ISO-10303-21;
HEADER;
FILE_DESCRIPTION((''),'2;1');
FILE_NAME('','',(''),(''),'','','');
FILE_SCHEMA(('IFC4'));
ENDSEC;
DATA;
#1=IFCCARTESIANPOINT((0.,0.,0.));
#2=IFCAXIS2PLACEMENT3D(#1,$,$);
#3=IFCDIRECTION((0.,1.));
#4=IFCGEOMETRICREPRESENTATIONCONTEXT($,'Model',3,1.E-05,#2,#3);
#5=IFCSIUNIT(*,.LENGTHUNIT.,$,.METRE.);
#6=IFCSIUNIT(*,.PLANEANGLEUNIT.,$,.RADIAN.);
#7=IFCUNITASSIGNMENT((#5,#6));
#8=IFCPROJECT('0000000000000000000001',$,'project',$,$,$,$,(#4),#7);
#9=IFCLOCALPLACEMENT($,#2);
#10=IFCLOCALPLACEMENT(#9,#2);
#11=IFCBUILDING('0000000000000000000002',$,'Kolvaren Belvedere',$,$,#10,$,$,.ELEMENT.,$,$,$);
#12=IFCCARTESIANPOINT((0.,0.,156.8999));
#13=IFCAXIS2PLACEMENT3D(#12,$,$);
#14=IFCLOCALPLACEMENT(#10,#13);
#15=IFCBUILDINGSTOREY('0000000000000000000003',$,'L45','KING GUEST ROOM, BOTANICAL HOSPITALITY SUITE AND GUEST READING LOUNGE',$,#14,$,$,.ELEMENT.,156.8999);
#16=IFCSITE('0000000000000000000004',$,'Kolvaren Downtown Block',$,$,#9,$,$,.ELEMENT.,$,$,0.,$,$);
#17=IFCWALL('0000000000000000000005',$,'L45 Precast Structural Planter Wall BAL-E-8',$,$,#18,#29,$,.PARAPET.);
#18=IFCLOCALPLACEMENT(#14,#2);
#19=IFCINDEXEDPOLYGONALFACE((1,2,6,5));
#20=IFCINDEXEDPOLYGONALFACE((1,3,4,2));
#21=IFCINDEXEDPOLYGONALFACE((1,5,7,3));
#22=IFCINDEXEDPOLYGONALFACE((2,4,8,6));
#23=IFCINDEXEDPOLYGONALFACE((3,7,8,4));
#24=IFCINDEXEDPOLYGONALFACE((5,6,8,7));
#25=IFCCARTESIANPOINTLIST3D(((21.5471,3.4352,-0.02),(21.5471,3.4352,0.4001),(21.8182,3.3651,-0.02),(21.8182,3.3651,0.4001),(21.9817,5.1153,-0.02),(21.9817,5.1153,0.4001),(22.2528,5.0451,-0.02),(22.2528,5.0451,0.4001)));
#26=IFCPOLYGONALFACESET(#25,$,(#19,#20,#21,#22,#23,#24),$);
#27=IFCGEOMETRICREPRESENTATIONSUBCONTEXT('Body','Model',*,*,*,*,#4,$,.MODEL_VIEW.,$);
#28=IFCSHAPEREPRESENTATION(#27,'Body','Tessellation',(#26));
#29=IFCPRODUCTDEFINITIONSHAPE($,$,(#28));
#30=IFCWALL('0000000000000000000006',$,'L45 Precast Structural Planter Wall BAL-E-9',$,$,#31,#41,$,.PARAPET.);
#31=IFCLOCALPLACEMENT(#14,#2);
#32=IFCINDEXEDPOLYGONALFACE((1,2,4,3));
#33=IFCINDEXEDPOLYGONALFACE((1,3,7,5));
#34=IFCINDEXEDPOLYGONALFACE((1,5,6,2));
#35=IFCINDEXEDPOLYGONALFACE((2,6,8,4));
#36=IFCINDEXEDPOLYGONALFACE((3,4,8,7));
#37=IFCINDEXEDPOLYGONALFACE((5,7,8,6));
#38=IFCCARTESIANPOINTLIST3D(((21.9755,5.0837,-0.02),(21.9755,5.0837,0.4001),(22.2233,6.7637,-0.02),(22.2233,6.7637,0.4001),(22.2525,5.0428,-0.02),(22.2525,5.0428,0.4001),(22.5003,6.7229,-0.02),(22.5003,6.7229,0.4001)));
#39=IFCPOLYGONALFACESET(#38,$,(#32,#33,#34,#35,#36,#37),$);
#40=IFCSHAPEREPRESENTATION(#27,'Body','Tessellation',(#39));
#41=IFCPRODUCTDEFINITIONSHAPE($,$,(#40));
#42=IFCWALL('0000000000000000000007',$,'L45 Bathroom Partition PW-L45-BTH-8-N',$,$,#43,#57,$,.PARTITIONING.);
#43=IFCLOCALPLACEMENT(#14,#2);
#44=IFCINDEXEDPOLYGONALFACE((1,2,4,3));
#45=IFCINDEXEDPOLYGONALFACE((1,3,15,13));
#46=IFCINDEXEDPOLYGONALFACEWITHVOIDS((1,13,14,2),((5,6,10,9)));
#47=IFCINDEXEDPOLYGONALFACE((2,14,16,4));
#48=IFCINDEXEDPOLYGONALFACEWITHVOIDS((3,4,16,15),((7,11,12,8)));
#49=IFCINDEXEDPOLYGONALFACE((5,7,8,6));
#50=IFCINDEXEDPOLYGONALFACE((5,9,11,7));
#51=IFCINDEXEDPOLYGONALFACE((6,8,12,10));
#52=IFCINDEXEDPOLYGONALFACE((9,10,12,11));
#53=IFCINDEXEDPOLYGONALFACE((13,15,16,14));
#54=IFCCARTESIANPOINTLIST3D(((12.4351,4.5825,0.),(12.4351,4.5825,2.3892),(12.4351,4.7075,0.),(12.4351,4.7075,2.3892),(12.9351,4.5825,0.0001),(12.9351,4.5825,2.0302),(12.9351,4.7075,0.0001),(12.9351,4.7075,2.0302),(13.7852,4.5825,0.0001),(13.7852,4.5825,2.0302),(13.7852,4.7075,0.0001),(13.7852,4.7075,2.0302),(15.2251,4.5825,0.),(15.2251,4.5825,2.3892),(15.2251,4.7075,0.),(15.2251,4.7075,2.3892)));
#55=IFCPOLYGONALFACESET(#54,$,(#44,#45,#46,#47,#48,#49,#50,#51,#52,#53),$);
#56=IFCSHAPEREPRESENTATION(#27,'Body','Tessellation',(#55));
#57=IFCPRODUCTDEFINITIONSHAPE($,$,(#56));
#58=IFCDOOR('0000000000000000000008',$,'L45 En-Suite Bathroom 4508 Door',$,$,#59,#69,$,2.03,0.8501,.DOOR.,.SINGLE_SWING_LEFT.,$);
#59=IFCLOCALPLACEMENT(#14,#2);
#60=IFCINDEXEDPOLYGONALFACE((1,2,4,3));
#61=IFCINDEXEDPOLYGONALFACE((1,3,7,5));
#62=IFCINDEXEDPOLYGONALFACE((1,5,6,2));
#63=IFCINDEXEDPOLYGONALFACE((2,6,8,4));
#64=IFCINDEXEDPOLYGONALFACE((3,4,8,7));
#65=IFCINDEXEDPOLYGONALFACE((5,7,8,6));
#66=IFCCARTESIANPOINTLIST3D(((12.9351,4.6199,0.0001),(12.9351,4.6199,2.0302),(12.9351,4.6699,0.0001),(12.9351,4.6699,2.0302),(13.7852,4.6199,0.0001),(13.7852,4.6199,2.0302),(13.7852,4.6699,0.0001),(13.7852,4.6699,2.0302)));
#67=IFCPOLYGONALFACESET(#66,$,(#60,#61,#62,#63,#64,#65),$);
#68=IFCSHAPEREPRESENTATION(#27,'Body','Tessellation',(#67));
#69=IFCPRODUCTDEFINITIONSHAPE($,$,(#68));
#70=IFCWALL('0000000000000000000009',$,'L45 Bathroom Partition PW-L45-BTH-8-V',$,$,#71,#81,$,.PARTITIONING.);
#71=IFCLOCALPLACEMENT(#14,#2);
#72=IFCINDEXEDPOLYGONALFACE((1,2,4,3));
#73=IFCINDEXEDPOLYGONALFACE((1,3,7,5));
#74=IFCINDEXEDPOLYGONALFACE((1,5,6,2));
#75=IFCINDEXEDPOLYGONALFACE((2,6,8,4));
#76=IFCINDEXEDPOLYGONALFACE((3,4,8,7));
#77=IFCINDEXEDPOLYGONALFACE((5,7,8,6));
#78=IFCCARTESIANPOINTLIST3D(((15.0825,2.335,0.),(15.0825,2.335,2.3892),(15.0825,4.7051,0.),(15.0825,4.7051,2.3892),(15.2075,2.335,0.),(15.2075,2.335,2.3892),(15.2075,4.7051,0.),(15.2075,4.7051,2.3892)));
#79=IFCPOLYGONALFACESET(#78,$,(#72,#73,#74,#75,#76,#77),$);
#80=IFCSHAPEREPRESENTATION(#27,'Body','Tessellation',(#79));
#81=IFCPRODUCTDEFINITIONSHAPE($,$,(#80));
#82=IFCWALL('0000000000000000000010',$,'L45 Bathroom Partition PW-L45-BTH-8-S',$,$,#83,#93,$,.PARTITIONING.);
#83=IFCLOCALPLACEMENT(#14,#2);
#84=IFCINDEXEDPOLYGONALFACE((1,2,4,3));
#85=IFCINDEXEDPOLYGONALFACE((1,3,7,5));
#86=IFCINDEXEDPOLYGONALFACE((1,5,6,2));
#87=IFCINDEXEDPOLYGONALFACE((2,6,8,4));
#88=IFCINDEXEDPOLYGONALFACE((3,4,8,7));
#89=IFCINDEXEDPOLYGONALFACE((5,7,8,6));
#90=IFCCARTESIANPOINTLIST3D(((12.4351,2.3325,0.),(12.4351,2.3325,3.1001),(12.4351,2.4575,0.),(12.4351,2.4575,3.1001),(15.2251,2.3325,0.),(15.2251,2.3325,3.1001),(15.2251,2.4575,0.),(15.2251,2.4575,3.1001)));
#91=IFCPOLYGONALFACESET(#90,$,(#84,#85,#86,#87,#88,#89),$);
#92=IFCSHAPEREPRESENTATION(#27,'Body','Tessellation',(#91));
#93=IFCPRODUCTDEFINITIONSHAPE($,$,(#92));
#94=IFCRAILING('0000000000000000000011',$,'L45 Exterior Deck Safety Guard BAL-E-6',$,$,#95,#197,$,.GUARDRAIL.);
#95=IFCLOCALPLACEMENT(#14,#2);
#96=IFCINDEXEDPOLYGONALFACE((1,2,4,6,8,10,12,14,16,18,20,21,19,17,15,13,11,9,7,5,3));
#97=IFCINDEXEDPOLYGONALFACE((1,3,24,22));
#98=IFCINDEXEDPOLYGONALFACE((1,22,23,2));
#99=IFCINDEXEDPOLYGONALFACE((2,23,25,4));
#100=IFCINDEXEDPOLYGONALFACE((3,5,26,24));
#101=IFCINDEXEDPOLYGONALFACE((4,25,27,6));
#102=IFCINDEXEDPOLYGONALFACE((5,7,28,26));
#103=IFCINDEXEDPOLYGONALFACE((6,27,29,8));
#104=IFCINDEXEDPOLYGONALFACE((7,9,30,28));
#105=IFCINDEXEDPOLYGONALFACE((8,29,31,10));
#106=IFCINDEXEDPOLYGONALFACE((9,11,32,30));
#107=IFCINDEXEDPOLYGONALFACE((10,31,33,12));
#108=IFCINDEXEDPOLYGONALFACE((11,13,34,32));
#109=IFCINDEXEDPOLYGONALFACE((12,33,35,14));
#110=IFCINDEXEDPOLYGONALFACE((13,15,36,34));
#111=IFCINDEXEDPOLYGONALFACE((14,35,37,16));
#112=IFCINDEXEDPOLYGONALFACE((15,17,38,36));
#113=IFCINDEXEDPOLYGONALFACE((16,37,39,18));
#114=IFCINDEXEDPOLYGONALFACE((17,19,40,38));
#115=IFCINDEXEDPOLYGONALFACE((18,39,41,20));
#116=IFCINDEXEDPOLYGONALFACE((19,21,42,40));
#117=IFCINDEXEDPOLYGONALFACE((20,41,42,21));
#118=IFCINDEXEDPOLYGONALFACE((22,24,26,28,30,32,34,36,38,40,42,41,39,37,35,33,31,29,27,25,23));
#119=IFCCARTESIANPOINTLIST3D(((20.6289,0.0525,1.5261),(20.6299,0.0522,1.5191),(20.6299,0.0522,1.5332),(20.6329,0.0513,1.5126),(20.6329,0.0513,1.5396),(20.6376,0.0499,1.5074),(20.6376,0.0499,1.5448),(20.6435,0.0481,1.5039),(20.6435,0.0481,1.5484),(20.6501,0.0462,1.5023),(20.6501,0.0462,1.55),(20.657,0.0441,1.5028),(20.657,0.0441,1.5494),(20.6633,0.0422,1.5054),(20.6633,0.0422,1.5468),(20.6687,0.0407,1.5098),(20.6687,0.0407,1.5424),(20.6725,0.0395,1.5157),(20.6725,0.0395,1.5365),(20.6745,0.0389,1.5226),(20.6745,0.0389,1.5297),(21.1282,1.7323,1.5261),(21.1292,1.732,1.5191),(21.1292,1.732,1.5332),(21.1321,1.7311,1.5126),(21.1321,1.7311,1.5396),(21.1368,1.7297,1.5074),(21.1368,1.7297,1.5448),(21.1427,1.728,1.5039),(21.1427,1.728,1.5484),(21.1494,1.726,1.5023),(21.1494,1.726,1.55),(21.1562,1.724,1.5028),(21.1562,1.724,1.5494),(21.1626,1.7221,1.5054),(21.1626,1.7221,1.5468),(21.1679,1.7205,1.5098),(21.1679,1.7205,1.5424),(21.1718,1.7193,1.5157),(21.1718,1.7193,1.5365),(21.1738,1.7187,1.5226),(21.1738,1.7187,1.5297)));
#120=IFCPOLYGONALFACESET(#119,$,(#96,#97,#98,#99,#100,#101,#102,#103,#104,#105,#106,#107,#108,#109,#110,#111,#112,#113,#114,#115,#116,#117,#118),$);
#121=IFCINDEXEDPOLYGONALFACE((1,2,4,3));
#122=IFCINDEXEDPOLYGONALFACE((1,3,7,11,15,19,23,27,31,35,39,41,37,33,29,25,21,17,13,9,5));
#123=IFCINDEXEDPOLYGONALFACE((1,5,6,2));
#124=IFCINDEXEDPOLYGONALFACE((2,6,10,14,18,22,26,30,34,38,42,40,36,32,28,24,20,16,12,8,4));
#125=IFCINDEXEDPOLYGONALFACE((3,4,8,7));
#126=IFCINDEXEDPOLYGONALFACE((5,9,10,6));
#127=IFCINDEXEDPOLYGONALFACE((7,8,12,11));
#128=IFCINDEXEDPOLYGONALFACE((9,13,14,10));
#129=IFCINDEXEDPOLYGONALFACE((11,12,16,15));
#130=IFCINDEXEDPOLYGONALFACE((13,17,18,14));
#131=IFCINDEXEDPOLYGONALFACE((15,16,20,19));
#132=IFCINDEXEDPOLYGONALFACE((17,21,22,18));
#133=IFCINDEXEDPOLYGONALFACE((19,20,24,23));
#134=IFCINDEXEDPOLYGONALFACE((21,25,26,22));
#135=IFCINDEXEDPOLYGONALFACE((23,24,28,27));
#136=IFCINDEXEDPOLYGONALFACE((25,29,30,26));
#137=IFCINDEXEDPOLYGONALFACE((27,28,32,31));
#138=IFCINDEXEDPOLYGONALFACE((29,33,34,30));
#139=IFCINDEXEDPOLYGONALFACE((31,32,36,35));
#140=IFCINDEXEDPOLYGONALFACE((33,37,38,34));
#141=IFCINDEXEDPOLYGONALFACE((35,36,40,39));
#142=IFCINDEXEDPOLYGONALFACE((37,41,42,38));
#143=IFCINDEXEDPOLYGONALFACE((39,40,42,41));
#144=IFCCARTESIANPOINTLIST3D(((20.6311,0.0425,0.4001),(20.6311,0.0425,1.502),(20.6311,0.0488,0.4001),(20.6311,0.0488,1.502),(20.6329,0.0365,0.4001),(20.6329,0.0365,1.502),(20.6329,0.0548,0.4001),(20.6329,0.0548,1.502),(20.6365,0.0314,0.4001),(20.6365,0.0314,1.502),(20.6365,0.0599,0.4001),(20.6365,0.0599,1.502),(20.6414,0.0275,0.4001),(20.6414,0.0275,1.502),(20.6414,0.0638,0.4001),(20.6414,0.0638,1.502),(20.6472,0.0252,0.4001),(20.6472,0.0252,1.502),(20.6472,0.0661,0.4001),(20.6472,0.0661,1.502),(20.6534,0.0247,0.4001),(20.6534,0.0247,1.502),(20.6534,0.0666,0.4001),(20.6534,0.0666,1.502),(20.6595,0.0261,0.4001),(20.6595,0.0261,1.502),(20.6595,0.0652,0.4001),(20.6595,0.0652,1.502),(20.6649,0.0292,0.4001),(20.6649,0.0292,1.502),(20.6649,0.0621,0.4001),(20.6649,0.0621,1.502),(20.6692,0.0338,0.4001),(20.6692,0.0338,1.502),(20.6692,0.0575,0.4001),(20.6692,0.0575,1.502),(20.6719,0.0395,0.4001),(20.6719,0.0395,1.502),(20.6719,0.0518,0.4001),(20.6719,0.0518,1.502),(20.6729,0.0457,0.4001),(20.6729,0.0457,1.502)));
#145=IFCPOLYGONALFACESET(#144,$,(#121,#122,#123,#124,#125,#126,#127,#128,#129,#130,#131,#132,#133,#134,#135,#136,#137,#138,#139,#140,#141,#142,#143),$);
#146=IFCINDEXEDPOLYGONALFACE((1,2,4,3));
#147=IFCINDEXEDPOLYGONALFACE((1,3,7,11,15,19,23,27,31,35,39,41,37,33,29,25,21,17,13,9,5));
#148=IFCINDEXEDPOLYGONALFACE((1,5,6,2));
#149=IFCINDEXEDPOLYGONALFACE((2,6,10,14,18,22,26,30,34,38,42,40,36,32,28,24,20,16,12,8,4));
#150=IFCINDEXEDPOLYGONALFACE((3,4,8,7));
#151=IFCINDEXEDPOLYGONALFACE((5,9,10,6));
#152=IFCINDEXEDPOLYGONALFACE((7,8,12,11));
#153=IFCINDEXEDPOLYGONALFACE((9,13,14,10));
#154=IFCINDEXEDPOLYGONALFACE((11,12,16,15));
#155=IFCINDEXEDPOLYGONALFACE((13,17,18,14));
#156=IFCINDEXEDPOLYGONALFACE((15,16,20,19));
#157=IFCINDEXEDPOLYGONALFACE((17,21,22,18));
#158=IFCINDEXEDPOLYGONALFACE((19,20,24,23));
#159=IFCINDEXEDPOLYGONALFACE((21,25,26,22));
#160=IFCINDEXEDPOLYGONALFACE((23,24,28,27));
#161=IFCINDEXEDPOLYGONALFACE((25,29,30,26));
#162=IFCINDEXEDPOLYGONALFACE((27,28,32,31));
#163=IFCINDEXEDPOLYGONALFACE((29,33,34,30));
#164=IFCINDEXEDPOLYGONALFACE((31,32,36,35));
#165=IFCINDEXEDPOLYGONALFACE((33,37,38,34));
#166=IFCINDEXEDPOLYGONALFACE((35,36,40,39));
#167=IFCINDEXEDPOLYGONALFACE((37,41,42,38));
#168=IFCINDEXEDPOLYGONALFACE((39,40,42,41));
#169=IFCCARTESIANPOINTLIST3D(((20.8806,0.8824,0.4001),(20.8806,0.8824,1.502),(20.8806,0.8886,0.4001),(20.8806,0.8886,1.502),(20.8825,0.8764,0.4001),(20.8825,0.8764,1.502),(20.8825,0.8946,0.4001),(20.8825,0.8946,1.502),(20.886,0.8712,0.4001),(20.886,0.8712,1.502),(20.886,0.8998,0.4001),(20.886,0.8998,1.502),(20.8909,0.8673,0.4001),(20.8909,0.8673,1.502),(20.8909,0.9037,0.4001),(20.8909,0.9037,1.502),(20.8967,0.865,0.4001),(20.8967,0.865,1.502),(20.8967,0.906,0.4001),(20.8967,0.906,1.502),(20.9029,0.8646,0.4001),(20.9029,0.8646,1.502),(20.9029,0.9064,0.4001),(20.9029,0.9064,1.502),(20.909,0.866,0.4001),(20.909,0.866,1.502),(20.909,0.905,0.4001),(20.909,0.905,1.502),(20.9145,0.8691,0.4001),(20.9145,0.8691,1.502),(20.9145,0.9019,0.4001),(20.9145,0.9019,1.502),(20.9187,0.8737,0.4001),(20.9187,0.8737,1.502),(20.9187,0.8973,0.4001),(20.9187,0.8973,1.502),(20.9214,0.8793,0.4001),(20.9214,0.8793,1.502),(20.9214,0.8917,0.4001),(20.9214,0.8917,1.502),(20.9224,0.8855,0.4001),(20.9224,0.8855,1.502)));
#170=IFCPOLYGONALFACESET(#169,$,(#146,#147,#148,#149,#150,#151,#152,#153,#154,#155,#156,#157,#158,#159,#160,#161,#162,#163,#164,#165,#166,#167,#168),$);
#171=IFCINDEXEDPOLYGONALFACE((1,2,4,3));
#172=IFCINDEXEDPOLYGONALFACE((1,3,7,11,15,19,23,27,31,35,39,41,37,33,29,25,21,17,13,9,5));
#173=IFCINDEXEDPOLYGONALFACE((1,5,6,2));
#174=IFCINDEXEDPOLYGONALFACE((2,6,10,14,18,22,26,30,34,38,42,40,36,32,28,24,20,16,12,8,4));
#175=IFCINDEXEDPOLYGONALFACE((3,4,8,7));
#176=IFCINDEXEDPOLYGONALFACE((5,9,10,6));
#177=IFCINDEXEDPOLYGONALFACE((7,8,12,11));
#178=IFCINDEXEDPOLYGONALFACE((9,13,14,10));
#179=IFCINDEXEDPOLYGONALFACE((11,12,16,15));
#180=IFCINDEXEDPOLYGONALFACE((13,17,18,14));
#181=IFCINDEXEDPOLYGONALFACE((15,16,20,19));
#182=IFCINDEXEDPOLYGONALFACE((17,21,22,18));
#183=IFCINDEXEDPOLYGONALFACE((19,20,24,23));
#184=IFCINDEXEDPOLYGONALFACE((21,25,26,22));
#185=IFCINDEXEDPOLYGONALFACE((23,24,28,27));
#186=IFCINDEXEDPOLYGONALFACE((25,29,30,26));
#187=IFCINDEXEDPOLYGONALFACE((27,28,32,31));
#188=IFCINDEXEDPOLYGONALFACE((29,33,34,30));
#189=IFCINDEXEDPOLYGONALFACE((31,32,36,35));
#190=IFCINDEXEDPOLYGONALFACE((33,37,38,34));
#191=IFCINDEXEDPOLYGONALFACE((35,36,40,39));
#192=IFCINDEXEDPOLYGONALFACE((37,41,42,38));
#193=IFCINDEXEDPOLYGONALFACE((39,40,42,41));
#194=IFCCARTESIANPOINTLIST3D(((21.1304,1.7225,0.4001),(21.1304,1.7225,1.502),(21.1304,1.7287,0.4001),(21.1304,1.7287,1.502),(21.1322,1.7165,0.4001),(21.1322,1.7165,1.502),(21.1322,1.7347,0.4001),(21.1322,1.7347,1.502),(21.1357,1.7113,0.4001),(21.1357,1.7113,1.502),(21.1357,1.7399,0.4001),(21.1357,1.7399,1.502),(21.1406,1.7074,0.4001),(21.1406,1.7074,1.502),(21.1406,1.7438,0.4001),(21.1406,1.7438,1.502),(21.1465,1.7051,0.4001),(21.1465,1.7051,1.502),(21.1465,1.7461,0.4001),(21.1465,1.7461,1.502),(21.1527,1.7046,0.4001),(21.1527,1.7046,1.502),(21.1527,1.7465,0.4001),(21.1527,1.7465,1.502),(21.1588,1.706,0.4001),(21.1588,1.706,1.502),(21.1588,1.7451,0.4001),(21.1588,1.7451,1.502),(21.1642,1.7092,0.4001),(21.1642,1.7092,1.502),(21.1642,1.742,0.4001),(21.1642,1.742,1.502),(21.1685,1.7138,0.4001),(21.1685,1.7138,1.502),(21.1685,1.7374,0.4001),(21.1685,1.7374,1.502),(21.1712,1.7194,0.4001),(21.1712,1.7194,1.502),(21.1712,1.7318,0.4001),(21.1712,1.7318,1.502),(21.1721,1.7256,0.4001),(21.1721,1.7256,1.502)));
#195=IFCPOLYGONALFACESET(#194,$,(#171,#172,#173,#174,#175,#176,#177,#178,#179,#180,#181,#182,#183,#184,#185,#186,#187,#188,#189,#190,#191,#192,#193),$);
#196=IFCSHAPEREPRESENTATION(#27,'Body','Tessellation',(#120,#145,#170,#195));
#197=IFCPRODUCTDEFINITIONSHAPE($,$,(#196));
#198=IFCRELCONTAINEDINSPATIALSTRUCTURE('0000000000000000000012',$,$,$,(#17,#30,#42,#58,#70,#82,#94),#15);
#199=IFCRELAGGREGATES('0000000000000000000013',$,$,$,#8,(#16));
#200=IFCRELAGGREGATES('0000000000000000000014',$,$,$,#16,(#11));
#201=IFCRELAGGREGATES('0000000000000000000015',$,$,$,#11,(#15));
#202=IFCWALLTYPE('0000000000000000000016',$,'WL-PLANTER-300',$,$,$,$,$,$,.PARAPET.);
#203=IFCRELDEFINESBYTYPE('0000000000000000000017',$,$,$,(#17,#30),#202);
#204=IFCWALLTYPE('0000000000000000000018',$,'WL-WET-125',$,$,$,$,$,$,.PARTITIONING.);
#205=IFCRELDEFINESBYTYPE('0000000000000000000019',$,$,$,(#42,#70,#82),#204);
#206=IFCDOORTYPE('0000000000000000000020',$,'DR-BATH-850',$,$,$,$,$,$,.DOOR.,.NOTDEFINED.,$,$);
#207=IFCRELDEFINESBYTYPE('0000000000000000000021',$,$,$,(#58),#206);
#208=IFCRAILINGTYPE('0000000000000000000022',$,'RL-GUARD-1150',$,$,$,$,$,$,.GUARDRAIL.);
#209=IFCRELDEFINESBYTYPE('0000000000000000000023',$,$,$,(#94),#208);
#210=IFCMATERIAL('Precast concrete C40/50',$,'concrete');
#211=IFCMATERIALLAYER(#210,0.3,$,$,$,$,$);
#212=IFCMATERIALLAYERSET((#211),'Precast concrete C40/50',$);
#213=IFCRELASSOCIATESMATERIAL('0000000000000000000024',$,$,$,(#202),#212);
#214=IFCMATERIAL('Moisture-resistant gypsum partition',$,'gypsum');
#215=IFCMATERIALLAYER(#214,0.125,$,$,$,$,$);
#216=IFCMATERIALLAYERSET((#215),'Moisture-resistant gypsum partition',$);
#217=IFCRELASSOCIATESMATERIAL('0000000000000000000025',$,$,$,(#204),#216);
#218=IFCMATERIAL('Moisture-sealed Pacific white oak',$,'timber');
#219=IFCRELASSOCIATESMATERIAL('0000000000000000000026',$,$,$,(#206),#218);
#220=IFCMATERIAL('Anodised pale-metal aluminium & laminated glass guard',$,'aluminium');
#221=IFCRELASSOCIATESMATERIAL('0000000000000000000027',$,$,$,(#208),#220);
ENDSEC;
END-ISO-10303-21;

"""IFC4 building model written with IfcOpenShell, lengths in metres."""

from ifc_helpers import new_model, si_unit, direction, frame, frame_2d, origin, origin_2d, place, context, subcontext, project, spatial, rectangle, circle, extrude, material, layer, layer_set, type_object, element, fill, save


model = new_model("IFC4")

# Units and contexts
model_context = context("Model", 3, precision=1e-05, world=origin(), true_north=direction((0.0, 1.0)))
body_context = subcontext(model_context, "Body", "Model", "MODEL_VIEW")
ifc_project = project(units=[si_unit("LENGTHUNIT", "METRE"), si_unit("PLANEANGLEUNIT", "RADIAN")], contexts=[model_context])

# Site, building, storey
site_placement = place(None, origin())
site = spatial("IfcSite", under=ifc_project, at=site_placement, Name="Kolvaren Downtown Block", CompositionType="ELEMENT", RefElevation=0.0)
building_placement = place(site_placement, origin())
building = spatial("IfcBuilding", under=site, at=building_placement, Name="Kolvaren Belvedere", CompositionType="ELEMENT")
storey_placement = place(building_placement, frame((0.0, 0.0, 156.8999)))
storey = spatial("IfcBuildingStorey", under=building, at=storey_placement, Name="L45", Description="KING GUEST ROOM, BOTANICAL HOSPITALITY SUITE AND GUEST READING LOUNGE", CompositionType="ELEMENT", Elevation=156.8999)

# Walls
ifc_material_1 = material(Name="Precast concrete C40/50", Category="concrete")
ifc_layer_1 = layer(ifc_material_1, 0.3)
ifc_layer_set_1 = layer_set([ifc_layer_1], Name="Precast concrete C40/50")
wall_type_1 = type_object("IfcWallType", Name="WL-PLANTER-300", PredefinedType="PARAPET", material=ifc_layer_set_1)
wall_1_placement = place(storey_placement, frame((21.6826, 3.4001, -0.02), z_axis=(0.0, 0.0, 1.0), x_axis=(0.25044, 0.968132, 0.0)))
element("IfcWall", 1, at=wall_1_placement, inside=storey, type_object=wall_type_1, Name="L45 Precast Structural Planter Wall BAL-E-8", PredefinedType="PARAPET", context=body_context, shape_type="SweptSolid", body=[
    extrude(rectangle(XDim=1.7354, YDim=0.28, at=frame_2d((0.8677, 0.0))), origin(), (0.0, 0.0, 1.0), 0.4202),
])
wall_2_placement = place(storey_placement, frame((22.114, 5.0632, -0.02), z_axis=(0.0, 0.0, 1.0), x_axis=(0.145908, 0.989298, 0.0)))
element("IfcWall", 2, at=wall_2_placement, inside=storey, type_object=wall_type_1, Name="L45 Precast Structural Planter Wall BAL-E-9", PredefinedType="PARAPET", context=body_context, shape_type="SweptSolid", body=[
    extrude(rectangle(XDim=1.6982, YDim=0.28, at=frame_2d((0.8491, 0.0))), origin(), (0.0, 0.0, 1.0), 0.4202),
])

# Wall, opening, door
ifc_material_2 = material(Name="Moisture-resistant gypsum partition", Category="gypsum")
ifc_layer_2 = layer(ifc_material_2, 0.125)
ifc_layer_set_2 = layer_set([ifc_layer_2], Name="Moisture-resistant gypsum partition")
wall_type_2 = type_object("IfcWallType", Name="WL-WET-125", PredefinedType="PARTITIONING", material=ifc_layer_set_2)
wall_3_placement = place(storey_placement, frame((12.4351, 4.645, 0.0), z_axis=(0.0, 0.0, 1.0), x_axis=(1.0, 0.0, 0.0)))
wall_3 = element("IfcWall", 3, at=wall_3_placement, inside=storey, type_object=wall_type_2, Name="L45 Bathroom Partition PW-L45-BTH-8-N", PredefinedType="PARTITIONING", context=body_context, shape_type="SweptSolid", body=[
    extrude(rectangle(XDim=2.79, YDim=0.125, at=frame_2d((1.395, 0.0))), origin(), (0.0, 0.0, 1.0), 2.3892),
])
opening_1_placement = place(wall_3_placement, frame((0.5, 0.0, 0.0)))
opening_1 = element("IfcOpeningElement", 4, at=opening_1_placement, cuts=wall_3, PredefinedType="OPENING", context=body_context, shape_type="SweptSolid", body=[
    extrude(rectangle(XDim=0.8501, YDim=2.03, at=frame_2d((0.425, 1.0151))), frame((0.0, 0.0725, 0.0), z_axis=(0.0, -1.0, 0.0), x_axis=(1.0, 0.0, 0.0)), (0.0, 0.0, 1.0), 0.145),
])
ifc_material_3 = material(Name="Moisture-sealed Pacific white oak", Category="timber")
door_type_1 = type_object("IfcDoorType", Name="DR-BATH-850", OperationType="NOTDEFINED", PredefinedType="DOOR", material=ifc_material_3)
door_1_placement = place(opening_1_placement, origin())
door_1 = element("IfcDoor", 5, at=door_1_placement, inside=storey, type_object=door_type_1, Name="L45 En-Suite Bathroom 4508 Door", OperationType="SINGLE_SWING_LEFT", OverallHeight=2.03, OverallWidth=0.8501, PredefinedType="DOOR", context=body_context, shape_type="SweptSolid", body=[
    extrude(rectangle(XDim=0.8501, YDim=2.03, at=frame_2d((0.425, 1.0151))), frame((0.0, 0.0249, 0.0), z_axis=(0.0, -1.0, 0.0), x_axis=(1.0, 0.0, 0.0)), (0.0, 0.0, 1.0), 0.05),
])
fill(opening_1, door_1)

# Walls
wall_4_placement = place(storey_placement, frame((15.145, 2.335, 0.0), z_axis=(0.0, 0.0, 1.0), x_axis=(0.0, 1.0, 0.0)))
element("IfcWall", 6, at=wall_4_placement, inside=storey, type_object=wall_type_2, Name="L45 Bathroom Partition PW-L45-BTH-8-V", PredefinedType="PARTITIONING", context=body_context, shape_type="SweptSolid", body=[
    extrude(rectangle(XDim=2.3701, YDim=0.125, at=frame_2d((1.1851, 0.0))), origin(), (0.0, 0.0, 1.0), 2.3892),
])
wall_5_placement = place(storey_placement, frame((12.4351, 2.395, 0.0), z_axis=(0.0, 0.0, 1.0), x_axis=(1.0, 0.0, 0.0)))
element("IfcWall", 7, at=wall_5_placement, inside=storey, type_object=wall_type_2, Name="L45 Bathroom Partition PW-L45-BTH-8-S", PredefinedType="PARTITIONING", context=body_context, shape_type="SweptSolid", body=[
    extrude(rectangle(XDim=2.79, YDim=0.125, at=frame_2d((1.395, 0.0))), origin(), (0.0, 0.0, 1.0), 3.1001),
])

# Railing
ifc_material_4 = material(Name="Anodised pale-metal aluminium & laminated glass guard", Category="aluminium")
railing_type = type_object("IfcRailingType", Name="RL-GUARD-1150", PredefinedType="GUARDRAIL", material=ifc_material_4)
railing_1_placement = place(storey_placement, frame((20.6519, 0.0457, 0.4001)))
element("IfcRailing", 8, at=railing_1_placement, inside=storey, type_object=railing_type, Name="L45 Exterior Deck Safety Guard BAL-E-6", PredefinedType="GUARDRAIL", context=body_context, shape_type="SweptSolid", body=[
    extrude(circle(Radius=0.0239, at=origin_2d()), frame((0.0, 0.0, 1.126), z_axis=(0.28488, 0.958563, 0.0), x_axis=(-0.958563, 0.28488, 0.0)), (0.0, 0.0, 1.0), 1.7524),
    extrude(circle(Radius=0.021, at=origin_2d()), origin(), (0.0, 0.0, 1.0), 1.1018),
    extrude(circle(Radius=0.021, at=origin_2d()), frame((0.2495, 0.8398, 0.0)), (0.0, 0.0, 1.0), 1.1018),
    extrude(circle(Radius=0.021, at=origin_2d()), frame((0.4993, 1.6799, 0.0)), (0.0, 0.0, 1.0), 1.1018),
])

save(model, "model.ifc")
